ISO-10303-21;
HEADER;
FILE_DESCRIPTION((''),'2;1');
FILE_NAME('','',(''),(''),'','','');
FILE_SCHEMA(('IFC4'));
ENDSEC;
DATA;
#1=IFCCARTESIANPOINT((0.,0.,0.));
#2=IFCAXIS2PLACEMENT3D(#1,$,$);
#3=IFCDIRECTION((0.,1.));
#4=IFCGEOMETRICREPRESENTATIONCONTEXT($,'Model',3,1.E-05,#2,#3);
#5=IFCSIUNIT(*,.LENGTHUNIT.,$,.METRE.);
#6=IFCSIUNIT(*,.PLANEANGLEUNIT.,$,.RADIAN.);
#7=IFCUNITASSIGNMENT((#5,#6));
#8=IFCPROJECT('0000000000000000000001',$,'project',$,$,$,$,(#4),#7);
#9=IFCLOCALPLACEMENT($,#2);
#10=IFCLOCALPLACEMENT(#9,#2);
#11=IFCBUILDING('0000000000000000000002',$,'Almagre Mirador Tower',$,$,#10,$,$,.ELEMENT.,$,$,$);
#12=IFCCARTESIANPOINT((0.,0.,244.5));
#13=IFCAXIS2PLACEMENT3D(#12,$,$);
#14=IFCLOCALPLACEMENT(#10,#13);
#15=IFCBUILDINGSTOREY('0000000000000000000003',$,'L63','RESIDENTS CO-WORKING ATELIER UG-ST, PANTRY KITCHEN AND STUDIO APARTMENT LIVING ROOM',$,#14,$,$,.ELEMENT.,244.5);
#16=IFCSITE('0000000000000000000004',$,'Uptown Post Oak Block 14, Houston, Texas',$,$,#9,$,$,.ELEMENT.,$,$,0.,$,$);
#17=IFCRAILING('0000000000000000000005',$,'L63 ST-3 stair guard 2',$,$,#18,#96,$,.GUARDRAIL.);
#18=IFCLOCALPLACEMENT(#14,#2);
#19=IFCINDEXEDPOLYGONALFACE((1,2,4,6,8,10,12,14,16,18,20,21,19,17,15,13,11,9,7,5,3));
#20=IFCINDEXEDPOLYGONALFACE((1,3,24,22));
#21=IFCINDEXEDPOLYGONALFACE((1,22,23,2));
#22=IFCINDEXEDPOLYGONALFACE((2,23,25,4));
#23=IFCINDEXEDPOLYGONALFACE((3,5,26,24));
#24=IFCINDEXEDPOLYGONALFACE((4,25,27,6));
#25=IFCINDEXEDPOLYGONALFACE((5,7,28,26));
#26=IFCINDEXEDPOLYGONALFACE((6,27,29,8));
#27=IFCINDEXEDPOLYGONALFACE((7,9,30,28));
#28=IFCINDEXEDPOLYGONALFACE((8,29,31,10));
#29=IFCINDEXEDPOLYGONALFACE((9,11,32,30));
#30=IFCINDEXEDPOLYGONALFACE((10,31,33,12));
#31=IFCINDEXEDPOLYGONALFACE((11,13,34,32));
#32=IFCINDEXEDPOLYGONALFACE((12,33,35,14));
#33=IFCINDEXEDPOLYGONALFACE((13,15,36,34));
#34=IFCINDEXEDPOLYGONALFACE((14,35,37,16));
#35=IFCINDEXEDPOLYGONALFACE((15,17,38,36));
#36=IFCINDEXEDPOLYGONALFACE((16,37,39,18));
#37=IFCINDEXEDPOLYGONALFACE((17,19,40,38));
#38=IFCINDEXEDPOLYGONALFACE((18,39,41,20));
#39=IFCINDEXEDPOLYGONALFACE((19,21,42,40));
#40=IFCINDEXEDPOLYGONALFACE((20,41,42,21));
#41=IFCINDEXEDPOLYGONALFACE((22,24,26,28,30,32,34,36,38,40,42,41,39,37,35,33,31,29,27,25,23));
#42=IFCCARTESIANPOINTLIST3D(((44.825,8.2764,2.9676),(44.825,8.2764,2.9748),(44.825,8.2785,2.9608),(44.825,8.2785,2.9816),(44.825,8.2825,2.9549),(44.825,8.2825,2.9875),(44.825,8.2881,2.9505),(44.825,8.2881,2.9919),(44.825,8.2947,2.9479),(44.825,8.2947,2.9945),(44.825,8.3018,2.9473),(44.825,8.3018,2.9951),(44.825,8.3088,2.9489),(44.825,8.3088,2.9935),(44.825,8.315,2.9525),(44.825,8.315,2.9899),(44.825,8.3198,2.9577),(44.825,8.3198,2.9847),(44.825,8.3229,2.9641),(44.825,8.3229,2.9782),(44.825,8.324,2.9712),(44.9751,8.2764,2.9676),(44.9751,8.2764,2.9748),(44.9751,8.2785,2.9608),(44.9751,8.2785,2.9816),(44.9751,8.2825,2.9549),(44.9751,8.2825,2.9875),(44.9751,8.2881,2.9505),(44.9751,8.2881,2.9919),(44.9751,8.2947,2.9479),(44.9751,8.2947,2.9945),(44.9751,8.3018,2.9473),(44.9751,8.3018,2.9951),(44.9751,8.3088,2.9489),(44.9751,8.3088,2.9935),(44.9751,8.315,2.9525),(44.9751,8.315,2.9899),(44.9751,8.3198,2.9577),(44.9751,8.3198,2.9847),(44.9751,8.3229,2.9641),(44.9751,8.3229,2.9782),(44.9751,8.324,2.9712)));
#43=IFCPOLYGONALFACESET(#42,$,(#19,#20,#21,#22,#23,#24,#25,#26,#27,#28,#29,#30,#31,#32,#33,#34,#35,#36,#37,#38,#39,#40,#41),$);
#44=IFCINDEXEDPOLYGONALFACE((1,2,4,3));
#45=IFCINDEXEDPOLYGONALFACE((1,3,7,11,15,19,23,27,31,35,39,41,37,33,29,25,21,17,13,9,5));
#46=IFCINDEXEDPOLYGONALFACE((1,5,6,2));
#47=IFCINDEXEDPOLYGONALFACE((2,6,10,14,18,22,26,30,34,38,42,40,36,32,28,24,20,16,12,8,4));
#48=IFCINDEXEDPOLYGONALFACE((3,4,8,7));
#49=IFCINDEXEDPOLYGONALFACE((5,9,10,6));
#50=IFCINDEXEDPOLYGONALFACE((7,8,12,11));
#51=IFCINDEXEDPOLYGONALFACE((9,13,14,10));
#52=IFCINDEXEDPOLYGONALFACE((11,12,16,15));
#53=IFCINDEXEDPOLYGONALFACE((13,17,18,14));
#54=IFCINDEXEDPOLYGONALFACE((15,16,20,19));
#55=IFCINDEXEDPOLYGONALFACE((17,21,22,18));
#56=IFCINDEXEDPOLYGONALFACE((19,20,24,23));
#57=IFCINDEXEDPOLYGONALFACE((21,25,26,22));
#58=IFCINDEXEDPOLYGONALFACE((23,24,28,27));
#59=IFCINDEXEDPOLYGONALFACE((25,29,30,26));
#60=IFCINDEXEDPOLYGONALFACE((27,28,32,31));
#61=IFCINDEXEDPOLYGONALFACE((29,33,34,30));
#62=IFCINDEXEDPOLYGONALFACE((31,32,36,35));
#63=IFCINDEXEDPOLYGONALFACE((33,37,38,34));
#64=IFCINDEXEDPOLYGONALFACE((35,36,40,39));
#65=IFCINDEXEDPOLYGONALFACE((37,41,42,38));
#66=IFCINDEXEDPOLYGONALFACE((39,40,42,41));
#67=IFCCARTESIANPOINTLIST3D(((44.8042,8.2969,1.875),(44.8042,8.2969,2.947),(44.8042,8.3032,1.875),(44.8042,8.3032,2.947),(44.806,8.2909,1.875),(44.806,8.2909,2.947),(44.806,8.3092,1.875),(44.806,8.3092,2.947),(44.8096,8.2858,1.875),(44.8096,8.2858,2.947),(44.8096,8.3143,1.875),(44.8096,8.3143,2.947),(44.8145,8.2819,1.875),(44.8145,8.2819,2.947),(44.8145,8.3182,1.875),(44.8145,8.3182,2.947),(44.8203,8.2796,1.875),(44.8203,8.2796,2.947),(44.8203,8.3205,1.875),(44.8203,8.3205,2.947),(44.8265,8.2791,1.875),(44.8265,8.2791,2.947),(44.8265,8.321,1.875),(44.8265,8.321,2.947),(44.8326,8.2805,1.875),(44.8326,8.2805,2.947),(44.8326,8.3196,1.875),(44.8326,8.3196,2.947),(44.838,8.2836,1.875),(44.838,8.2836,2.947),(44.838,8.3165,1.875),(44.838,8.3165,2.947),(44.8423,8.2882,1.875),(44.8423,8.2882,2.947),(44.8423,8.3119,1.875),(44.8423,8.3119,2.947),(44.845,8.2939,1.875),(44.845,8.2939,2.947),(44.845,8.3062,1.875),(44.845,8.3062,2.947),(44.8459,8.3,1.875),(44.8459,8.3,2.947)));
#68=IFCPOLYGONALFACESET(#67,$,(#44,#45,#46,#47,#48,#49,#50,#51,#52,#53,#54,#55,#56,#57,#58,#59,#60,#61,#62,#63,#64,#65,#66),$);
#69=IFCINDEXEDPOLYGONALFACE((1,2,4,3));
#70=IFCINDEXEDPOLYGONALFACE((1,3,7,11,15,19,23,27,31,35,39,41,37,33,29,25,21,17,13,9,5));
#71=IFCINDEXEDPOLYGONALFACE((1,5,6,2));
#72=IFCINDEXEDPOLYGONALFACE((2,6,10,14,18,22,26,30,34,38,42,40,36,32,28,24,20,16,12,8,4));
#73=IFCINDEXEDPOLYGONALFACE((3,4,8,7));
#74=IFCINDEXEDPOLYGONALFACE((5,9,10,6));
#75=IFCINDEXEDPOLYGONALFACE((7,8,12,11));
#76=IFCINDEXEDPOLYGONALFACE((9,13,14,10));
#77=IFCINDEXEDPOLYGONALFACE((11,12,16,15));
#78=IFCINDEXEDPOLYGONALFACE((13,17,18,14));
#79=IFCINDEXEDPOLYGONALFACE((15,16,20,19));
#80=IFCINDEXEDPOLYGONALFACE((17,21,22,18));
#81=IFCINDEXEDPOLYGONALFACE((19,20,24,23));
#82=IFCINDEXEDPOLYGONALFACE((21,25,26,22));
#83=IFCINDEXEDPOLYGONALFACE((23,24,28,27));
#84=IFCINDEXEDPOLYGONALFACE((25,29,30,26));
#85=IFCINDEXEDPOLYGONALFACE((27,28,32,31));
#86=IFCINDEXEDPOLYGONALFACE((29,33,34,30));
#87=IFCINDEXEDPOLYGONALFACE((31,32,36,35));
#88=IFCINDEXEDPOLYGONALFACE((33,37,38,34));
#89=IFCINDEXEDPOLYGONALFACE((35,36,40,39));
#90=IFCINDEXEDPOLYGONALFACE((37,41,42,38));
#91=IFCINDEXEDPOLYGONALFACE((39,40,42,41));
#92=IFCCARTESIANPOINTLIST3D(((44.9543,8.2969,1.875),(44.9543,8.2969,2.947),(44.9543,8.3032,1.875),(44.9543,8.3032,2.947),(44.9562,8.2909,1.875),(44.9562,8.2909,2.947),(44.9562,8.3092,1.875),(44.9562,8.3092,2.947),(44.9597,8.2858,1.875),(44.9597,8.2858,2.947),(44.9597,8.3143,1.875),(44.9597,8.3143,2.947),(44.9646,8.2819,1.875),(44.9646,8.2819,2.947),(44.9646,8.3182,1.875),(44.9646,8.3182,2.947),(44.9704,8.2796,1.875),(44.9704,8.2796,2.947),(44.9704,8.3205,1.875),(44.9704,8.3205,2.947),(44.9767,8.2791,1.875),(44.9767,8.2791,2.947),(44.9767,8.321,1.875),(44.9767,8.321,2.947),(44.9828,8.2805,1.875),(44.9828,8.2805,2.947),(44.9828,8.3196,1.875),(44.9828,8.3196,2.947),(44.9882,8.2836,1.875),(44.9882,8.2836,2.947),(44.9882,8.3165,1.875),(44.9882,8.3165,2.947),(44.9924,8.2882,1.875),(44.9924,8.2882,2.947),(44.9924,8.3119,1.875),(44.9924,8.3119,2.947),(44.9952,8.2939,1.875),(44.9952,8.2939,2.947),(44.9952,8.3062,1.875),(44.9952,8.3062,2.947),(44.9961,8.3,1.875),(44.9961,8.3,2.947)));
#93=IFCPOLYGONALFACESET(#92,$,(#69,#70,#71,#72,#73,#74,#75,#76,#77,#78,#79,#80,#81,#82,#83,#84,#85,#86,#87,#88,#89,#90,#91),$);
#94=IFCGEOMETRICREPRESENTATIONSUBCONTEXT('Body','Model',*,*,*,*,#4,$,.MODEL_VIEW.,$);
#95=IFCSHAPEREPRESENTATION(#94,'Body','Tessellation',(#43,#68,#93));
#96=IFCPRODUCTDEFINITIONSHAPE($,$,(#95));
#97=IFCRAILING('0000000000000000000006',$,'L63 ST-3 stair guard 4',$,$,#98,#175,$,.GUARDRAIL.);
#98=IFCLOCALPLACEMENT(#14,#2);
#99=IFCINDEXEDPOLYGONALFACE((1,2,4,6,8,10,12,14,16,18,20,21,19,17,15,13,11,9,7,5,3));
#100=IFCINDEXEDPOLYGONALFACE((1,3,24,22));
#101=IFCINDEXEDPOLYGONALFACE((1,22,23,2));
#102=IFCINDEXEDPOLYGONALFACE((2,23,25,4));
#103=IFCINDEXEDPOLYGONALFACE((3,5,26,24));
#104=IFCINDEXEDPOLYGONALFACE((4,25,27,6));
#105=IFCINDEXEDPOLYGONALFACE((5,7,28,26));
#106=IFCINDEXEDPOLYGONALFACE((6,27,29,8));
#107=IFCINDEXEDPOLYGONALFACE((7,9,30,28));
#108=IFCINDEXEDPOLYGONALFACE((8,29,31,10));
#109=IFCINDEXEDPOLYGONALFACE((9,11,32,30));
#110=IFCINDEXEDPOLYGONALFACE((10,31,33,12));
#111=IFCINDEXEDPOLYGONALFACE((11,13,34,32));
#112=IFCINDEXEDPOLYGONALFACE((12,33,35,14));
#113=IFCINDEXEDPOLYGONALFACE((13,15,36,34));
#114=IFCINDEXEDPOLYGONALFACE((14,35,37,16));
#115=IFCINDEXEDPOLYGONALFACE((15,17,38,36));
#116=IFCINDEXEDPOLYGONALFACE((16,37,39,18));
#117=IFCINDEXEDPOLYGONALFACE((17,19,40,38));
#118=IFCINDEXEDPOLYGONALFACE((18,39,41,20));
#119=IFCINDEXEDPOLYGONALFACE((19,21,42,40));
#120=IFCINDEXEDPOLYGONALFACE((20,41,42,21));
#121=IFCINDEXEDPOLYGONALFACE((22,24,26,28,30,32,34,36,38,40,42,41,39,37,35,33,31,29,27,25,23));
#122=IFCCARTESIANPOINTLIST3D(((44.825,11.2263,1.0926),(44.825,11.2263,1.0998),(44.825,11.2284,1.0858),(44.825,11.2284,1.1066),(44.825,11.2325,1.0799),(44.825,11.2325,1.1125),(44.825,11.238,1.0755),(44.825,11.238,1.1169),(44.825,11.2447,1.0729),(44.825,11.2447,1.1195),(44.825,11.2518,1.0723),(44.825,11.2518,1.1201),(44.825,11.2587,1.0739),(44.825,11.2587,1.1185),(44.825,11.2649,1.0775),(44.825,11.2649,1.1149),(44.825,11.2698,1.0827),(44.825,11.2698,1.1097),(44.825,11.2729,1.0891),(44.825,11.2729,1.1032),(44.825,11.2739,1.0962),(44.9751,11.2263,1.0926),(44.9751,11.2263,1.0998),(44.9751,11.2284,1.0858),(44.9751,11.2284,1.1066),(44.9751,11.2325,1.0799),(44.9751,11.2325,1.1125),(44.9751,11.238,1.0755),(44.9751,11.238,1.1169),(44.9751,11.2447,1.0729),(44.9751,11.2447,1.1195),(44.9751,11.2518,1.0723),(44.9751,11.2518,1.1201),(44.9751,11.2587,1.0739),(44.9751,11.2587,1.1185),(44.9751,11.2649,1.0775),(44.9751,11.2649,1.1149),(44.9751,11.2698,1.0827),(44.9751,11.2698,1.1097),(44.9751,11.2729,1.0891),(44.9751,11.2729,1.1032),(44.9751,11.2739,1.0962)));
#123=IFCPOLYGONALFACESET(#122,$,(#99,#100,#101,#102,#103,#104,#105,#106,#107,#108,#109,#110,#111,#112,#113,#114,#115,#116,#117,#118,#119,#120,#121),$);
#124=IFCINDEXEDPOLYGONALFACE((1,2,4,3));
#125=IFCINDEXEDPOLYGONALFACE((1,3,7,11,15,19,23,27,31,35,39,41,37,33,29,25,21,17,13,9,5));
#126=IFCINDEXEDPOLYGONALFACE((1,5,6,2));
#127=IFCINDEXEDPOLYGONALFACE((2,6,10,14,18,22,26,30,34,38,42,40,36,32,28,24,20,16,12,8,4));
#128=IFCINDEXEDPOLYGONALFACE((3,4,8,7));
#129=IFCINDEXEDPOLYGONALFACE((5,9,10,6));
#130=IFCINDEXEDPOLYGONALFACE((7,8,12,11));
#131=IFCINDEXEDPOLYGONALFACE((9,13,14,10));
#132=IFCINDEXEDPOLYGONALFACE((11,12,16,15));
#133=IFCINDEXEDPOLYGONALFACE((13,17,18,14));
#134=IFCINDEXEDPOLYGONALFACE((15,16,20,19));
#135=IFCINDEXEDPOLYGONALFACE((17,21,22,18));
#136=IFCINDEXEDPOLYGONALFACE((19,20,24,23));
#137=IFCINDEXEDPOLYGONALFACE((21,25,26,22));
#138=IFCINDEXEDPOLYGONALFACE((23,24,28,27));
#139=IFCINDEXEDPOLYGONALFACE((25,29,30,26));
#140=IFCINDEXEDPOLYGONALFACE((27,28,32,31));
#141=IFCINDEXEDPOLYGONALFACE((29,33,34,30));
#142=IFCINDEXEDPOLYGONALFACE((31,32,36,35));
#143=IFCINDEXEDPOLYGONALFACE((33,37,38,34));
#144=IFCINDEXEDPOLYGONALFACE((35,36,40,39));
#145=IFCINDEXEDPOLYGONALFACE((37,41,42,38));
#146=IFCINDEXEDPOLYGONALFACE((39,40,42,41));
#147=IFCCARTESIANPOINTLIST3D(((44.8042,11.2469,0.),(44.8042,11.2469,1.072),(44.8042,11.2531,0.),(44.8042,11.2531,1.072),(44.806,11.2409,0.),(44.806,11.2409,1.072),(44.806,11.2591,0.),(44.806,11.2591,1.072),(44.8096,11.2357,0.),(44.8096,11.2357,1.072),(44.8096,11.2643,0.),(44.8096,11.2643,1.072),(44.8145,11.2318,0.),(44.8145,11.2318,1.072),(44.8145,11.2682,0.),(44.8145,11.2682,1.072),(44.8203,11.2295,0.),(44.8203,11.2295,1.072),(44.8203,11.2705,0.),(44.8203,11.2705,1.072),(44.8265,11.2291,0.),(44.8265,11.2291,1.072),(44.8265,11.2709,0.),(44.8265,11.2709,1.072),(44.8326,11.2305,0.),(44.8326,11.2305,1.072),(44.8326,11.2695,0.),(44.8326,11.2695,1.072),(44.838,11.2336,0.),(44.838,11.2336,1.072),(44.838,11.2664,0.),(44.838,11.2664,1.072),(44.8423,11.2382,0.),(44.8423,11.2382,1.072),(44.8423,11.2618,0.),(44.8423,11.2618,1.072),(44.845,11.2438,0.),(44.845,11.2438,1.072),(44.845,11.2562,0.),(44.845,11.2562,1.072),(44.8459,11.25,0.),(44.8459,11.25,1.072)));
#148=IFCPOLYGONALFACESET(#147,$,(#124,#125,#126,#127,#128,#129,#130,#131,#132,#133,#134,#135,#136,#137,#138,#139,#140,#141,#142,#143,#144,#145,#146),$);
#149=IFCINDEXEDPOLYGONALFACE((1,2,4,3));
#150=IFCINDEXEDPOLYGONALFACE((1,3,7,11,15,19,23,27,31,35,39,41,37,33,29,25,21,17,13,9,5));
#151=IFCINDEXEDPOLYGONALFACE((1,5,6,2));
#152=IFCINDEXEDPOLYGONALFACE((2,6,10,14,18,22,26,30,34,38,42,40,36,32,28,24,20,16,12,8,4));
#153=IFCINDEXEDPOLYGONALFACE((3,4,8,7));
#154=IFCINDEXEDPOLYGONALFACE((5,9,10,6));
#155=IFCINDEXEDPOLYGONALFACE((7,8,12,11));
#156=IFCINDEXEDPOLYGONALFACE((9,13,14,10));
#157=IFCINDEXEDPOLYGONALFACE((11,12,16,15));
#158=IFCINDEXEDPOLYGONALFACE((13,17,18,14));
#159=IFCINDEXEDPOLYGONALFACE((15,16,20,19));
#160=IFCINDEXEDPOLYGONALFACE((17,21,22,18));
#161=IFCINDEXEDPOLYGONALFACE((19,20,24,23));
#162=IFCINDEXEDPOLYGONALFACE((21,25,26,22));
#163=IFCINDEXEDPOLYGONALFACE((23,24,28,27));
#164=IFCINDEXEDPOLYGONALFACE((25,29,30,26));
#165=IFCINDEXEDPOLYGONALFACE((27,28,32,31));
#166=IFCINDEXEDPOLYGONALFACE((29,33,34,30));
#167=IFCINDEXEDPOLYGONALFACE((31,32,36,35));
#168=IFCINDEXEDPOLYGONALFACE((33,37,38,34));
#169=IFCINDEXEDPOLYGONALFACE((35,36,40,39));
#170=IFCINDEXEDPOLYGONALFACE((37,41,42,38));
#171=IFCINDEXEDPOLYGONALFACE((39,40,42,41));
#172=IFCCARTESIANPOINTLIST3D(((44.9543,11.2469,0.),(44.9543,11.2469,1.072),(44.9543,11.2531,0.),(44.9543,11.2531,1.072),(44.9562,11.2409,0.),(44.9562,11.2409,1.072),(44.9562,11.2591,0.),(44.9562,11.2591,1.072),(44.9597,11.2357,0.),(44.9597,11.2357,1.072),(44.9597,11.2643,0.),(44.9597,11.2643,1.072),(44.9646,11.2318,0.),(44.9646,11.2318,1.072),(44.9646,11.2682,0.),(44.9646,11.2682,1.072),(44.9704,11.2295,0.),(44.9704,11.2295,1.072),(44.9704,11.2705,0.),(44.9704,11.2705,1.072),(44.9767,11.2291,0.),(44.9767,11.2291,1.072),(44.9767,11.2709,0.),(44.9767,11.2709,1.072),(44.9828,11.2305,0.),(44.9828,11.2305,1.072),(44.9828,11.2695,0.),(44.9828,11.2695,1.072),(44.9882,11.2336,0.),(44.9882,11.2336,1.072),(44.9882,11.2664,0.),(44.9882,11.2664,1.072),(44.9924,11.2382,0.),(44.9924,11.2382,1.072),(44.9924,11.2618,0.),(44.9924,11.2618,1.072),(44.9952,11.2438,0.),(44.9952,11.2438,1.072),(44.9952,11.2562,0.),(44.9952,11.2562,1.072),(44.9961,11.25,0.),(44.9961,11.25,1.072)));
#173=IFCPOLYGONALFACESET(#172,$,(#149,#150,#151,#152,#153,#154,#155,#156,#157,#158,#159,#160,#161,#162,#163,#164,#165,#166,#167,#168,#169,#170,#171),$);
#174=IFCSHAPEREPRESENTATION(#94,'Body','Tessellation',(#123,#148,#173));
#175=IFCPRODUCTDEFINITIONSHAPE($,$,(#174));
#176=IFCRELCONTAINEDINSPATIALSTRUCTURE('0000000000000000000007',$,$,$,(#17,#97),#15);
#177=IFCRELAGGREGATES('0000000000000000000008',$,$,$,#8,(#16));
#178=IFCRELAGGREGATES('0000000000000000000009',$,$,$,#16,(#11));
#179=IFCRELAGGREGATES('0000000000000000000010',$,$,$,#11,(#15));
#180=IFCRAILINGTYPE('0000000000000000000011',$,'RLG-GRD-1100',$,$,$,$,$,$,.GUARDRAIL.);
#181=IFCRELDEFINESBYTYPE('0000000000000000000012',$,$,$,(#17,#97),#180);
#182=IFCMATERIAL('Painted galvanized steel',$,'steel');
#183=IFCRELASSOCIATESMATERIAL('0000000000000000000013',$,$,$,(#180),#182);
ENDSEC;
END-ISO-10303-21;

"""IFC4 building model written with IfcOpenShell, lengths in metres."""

from ifc_helpers import new_model, si_unit, direction, frame, origin, origin_2d, place, context, subcontext, project, spatial, circle, extrude, material, type_object, element, save


model = new_model("IFC4")

# Units and contexts
model_context = context("Model", 3, precision=1e-05, world=origin(), true_north=direction((0.0, 1.0)))
body_context = subcontext(model_context, "Body", "Model", "MODEL_VIEW")
ifc_project = project(units=[si_unit("LENGTHUNIT", "METRE"), si_unit("PLANEANGLEUNIT", "RADIAN")], contexts=[model_context])

# Site, building, storey
site_placement = place(None, origin())
site = spatial("IfcSite", under=ifc_project, at=site_placement, Name="Uptown Post Oak Block 14, Houston, Texas", CompositionType="ELEMENT", RefElevation=0.0)
building_placement = place(site_placement, origin())
building = spatial("IfcBuilding", under=site, at=building_placement, Name="Almagre Mirador Tower", CompositionType="ELEMENT")
storey_placement = place(building_placement, frame((0.0, 0.0, 244.5)))
storey = spatial("IfcBuildingStorey", under=building, at=storey_placement, Name="L63", Description="RESIDENTS CO-WORKING ATELIER UG-ST, PANTRY KITCHEN AND STUDIO APARTMENT LIVING ROOM", CompositionType="ELEMENT", Elevation=244.5)

# Railings
ifc_material_1 = material(Name="Painted galvanized steel", Category="steel")
railing_type_1 = type_object("IfcRailingType", Name="RLG-GRD-1100", PredefinedType="GUARDRAIL", material=ifc_material_1)
for number, where, name in (
    (1, (44.825, 8.3, 1.875), "L63 ST-3 stair guard 2"),
    (2, (44.825, 11.25, 0.0), "L63 ST-3 stair guard 4"),
):
    element("IfcRailing", number, at=place(storey_placement, frame(where)), inside=storey, type_object=railing_type_1, Name=name, PredefinedType="GUARDRAIL", context=body_context, shape_type="SweptSolid", body=[
        extrude(circle(Radius=0.0239, at=origin_2d()), frame((0.0, 0.0, 1.0962), z_axis=(1.0, 0.0, 0.0), x_axis=(0.0, 1.0, 0.0)), (0.0, 0.0, 1.0), 0.1501),
        extrude(circle(Radius=0.021, at=origin_2d()), origin(), (0.0, 0.0, 1.0), 1.072),
        extrude(circle(Radius=0.021, at=origin_2d()), frame((0.1501, 0.0, 0.0)), (0.0, 0.0, 1.0), 1.072),
    ])

save(model, "model.ifc")
